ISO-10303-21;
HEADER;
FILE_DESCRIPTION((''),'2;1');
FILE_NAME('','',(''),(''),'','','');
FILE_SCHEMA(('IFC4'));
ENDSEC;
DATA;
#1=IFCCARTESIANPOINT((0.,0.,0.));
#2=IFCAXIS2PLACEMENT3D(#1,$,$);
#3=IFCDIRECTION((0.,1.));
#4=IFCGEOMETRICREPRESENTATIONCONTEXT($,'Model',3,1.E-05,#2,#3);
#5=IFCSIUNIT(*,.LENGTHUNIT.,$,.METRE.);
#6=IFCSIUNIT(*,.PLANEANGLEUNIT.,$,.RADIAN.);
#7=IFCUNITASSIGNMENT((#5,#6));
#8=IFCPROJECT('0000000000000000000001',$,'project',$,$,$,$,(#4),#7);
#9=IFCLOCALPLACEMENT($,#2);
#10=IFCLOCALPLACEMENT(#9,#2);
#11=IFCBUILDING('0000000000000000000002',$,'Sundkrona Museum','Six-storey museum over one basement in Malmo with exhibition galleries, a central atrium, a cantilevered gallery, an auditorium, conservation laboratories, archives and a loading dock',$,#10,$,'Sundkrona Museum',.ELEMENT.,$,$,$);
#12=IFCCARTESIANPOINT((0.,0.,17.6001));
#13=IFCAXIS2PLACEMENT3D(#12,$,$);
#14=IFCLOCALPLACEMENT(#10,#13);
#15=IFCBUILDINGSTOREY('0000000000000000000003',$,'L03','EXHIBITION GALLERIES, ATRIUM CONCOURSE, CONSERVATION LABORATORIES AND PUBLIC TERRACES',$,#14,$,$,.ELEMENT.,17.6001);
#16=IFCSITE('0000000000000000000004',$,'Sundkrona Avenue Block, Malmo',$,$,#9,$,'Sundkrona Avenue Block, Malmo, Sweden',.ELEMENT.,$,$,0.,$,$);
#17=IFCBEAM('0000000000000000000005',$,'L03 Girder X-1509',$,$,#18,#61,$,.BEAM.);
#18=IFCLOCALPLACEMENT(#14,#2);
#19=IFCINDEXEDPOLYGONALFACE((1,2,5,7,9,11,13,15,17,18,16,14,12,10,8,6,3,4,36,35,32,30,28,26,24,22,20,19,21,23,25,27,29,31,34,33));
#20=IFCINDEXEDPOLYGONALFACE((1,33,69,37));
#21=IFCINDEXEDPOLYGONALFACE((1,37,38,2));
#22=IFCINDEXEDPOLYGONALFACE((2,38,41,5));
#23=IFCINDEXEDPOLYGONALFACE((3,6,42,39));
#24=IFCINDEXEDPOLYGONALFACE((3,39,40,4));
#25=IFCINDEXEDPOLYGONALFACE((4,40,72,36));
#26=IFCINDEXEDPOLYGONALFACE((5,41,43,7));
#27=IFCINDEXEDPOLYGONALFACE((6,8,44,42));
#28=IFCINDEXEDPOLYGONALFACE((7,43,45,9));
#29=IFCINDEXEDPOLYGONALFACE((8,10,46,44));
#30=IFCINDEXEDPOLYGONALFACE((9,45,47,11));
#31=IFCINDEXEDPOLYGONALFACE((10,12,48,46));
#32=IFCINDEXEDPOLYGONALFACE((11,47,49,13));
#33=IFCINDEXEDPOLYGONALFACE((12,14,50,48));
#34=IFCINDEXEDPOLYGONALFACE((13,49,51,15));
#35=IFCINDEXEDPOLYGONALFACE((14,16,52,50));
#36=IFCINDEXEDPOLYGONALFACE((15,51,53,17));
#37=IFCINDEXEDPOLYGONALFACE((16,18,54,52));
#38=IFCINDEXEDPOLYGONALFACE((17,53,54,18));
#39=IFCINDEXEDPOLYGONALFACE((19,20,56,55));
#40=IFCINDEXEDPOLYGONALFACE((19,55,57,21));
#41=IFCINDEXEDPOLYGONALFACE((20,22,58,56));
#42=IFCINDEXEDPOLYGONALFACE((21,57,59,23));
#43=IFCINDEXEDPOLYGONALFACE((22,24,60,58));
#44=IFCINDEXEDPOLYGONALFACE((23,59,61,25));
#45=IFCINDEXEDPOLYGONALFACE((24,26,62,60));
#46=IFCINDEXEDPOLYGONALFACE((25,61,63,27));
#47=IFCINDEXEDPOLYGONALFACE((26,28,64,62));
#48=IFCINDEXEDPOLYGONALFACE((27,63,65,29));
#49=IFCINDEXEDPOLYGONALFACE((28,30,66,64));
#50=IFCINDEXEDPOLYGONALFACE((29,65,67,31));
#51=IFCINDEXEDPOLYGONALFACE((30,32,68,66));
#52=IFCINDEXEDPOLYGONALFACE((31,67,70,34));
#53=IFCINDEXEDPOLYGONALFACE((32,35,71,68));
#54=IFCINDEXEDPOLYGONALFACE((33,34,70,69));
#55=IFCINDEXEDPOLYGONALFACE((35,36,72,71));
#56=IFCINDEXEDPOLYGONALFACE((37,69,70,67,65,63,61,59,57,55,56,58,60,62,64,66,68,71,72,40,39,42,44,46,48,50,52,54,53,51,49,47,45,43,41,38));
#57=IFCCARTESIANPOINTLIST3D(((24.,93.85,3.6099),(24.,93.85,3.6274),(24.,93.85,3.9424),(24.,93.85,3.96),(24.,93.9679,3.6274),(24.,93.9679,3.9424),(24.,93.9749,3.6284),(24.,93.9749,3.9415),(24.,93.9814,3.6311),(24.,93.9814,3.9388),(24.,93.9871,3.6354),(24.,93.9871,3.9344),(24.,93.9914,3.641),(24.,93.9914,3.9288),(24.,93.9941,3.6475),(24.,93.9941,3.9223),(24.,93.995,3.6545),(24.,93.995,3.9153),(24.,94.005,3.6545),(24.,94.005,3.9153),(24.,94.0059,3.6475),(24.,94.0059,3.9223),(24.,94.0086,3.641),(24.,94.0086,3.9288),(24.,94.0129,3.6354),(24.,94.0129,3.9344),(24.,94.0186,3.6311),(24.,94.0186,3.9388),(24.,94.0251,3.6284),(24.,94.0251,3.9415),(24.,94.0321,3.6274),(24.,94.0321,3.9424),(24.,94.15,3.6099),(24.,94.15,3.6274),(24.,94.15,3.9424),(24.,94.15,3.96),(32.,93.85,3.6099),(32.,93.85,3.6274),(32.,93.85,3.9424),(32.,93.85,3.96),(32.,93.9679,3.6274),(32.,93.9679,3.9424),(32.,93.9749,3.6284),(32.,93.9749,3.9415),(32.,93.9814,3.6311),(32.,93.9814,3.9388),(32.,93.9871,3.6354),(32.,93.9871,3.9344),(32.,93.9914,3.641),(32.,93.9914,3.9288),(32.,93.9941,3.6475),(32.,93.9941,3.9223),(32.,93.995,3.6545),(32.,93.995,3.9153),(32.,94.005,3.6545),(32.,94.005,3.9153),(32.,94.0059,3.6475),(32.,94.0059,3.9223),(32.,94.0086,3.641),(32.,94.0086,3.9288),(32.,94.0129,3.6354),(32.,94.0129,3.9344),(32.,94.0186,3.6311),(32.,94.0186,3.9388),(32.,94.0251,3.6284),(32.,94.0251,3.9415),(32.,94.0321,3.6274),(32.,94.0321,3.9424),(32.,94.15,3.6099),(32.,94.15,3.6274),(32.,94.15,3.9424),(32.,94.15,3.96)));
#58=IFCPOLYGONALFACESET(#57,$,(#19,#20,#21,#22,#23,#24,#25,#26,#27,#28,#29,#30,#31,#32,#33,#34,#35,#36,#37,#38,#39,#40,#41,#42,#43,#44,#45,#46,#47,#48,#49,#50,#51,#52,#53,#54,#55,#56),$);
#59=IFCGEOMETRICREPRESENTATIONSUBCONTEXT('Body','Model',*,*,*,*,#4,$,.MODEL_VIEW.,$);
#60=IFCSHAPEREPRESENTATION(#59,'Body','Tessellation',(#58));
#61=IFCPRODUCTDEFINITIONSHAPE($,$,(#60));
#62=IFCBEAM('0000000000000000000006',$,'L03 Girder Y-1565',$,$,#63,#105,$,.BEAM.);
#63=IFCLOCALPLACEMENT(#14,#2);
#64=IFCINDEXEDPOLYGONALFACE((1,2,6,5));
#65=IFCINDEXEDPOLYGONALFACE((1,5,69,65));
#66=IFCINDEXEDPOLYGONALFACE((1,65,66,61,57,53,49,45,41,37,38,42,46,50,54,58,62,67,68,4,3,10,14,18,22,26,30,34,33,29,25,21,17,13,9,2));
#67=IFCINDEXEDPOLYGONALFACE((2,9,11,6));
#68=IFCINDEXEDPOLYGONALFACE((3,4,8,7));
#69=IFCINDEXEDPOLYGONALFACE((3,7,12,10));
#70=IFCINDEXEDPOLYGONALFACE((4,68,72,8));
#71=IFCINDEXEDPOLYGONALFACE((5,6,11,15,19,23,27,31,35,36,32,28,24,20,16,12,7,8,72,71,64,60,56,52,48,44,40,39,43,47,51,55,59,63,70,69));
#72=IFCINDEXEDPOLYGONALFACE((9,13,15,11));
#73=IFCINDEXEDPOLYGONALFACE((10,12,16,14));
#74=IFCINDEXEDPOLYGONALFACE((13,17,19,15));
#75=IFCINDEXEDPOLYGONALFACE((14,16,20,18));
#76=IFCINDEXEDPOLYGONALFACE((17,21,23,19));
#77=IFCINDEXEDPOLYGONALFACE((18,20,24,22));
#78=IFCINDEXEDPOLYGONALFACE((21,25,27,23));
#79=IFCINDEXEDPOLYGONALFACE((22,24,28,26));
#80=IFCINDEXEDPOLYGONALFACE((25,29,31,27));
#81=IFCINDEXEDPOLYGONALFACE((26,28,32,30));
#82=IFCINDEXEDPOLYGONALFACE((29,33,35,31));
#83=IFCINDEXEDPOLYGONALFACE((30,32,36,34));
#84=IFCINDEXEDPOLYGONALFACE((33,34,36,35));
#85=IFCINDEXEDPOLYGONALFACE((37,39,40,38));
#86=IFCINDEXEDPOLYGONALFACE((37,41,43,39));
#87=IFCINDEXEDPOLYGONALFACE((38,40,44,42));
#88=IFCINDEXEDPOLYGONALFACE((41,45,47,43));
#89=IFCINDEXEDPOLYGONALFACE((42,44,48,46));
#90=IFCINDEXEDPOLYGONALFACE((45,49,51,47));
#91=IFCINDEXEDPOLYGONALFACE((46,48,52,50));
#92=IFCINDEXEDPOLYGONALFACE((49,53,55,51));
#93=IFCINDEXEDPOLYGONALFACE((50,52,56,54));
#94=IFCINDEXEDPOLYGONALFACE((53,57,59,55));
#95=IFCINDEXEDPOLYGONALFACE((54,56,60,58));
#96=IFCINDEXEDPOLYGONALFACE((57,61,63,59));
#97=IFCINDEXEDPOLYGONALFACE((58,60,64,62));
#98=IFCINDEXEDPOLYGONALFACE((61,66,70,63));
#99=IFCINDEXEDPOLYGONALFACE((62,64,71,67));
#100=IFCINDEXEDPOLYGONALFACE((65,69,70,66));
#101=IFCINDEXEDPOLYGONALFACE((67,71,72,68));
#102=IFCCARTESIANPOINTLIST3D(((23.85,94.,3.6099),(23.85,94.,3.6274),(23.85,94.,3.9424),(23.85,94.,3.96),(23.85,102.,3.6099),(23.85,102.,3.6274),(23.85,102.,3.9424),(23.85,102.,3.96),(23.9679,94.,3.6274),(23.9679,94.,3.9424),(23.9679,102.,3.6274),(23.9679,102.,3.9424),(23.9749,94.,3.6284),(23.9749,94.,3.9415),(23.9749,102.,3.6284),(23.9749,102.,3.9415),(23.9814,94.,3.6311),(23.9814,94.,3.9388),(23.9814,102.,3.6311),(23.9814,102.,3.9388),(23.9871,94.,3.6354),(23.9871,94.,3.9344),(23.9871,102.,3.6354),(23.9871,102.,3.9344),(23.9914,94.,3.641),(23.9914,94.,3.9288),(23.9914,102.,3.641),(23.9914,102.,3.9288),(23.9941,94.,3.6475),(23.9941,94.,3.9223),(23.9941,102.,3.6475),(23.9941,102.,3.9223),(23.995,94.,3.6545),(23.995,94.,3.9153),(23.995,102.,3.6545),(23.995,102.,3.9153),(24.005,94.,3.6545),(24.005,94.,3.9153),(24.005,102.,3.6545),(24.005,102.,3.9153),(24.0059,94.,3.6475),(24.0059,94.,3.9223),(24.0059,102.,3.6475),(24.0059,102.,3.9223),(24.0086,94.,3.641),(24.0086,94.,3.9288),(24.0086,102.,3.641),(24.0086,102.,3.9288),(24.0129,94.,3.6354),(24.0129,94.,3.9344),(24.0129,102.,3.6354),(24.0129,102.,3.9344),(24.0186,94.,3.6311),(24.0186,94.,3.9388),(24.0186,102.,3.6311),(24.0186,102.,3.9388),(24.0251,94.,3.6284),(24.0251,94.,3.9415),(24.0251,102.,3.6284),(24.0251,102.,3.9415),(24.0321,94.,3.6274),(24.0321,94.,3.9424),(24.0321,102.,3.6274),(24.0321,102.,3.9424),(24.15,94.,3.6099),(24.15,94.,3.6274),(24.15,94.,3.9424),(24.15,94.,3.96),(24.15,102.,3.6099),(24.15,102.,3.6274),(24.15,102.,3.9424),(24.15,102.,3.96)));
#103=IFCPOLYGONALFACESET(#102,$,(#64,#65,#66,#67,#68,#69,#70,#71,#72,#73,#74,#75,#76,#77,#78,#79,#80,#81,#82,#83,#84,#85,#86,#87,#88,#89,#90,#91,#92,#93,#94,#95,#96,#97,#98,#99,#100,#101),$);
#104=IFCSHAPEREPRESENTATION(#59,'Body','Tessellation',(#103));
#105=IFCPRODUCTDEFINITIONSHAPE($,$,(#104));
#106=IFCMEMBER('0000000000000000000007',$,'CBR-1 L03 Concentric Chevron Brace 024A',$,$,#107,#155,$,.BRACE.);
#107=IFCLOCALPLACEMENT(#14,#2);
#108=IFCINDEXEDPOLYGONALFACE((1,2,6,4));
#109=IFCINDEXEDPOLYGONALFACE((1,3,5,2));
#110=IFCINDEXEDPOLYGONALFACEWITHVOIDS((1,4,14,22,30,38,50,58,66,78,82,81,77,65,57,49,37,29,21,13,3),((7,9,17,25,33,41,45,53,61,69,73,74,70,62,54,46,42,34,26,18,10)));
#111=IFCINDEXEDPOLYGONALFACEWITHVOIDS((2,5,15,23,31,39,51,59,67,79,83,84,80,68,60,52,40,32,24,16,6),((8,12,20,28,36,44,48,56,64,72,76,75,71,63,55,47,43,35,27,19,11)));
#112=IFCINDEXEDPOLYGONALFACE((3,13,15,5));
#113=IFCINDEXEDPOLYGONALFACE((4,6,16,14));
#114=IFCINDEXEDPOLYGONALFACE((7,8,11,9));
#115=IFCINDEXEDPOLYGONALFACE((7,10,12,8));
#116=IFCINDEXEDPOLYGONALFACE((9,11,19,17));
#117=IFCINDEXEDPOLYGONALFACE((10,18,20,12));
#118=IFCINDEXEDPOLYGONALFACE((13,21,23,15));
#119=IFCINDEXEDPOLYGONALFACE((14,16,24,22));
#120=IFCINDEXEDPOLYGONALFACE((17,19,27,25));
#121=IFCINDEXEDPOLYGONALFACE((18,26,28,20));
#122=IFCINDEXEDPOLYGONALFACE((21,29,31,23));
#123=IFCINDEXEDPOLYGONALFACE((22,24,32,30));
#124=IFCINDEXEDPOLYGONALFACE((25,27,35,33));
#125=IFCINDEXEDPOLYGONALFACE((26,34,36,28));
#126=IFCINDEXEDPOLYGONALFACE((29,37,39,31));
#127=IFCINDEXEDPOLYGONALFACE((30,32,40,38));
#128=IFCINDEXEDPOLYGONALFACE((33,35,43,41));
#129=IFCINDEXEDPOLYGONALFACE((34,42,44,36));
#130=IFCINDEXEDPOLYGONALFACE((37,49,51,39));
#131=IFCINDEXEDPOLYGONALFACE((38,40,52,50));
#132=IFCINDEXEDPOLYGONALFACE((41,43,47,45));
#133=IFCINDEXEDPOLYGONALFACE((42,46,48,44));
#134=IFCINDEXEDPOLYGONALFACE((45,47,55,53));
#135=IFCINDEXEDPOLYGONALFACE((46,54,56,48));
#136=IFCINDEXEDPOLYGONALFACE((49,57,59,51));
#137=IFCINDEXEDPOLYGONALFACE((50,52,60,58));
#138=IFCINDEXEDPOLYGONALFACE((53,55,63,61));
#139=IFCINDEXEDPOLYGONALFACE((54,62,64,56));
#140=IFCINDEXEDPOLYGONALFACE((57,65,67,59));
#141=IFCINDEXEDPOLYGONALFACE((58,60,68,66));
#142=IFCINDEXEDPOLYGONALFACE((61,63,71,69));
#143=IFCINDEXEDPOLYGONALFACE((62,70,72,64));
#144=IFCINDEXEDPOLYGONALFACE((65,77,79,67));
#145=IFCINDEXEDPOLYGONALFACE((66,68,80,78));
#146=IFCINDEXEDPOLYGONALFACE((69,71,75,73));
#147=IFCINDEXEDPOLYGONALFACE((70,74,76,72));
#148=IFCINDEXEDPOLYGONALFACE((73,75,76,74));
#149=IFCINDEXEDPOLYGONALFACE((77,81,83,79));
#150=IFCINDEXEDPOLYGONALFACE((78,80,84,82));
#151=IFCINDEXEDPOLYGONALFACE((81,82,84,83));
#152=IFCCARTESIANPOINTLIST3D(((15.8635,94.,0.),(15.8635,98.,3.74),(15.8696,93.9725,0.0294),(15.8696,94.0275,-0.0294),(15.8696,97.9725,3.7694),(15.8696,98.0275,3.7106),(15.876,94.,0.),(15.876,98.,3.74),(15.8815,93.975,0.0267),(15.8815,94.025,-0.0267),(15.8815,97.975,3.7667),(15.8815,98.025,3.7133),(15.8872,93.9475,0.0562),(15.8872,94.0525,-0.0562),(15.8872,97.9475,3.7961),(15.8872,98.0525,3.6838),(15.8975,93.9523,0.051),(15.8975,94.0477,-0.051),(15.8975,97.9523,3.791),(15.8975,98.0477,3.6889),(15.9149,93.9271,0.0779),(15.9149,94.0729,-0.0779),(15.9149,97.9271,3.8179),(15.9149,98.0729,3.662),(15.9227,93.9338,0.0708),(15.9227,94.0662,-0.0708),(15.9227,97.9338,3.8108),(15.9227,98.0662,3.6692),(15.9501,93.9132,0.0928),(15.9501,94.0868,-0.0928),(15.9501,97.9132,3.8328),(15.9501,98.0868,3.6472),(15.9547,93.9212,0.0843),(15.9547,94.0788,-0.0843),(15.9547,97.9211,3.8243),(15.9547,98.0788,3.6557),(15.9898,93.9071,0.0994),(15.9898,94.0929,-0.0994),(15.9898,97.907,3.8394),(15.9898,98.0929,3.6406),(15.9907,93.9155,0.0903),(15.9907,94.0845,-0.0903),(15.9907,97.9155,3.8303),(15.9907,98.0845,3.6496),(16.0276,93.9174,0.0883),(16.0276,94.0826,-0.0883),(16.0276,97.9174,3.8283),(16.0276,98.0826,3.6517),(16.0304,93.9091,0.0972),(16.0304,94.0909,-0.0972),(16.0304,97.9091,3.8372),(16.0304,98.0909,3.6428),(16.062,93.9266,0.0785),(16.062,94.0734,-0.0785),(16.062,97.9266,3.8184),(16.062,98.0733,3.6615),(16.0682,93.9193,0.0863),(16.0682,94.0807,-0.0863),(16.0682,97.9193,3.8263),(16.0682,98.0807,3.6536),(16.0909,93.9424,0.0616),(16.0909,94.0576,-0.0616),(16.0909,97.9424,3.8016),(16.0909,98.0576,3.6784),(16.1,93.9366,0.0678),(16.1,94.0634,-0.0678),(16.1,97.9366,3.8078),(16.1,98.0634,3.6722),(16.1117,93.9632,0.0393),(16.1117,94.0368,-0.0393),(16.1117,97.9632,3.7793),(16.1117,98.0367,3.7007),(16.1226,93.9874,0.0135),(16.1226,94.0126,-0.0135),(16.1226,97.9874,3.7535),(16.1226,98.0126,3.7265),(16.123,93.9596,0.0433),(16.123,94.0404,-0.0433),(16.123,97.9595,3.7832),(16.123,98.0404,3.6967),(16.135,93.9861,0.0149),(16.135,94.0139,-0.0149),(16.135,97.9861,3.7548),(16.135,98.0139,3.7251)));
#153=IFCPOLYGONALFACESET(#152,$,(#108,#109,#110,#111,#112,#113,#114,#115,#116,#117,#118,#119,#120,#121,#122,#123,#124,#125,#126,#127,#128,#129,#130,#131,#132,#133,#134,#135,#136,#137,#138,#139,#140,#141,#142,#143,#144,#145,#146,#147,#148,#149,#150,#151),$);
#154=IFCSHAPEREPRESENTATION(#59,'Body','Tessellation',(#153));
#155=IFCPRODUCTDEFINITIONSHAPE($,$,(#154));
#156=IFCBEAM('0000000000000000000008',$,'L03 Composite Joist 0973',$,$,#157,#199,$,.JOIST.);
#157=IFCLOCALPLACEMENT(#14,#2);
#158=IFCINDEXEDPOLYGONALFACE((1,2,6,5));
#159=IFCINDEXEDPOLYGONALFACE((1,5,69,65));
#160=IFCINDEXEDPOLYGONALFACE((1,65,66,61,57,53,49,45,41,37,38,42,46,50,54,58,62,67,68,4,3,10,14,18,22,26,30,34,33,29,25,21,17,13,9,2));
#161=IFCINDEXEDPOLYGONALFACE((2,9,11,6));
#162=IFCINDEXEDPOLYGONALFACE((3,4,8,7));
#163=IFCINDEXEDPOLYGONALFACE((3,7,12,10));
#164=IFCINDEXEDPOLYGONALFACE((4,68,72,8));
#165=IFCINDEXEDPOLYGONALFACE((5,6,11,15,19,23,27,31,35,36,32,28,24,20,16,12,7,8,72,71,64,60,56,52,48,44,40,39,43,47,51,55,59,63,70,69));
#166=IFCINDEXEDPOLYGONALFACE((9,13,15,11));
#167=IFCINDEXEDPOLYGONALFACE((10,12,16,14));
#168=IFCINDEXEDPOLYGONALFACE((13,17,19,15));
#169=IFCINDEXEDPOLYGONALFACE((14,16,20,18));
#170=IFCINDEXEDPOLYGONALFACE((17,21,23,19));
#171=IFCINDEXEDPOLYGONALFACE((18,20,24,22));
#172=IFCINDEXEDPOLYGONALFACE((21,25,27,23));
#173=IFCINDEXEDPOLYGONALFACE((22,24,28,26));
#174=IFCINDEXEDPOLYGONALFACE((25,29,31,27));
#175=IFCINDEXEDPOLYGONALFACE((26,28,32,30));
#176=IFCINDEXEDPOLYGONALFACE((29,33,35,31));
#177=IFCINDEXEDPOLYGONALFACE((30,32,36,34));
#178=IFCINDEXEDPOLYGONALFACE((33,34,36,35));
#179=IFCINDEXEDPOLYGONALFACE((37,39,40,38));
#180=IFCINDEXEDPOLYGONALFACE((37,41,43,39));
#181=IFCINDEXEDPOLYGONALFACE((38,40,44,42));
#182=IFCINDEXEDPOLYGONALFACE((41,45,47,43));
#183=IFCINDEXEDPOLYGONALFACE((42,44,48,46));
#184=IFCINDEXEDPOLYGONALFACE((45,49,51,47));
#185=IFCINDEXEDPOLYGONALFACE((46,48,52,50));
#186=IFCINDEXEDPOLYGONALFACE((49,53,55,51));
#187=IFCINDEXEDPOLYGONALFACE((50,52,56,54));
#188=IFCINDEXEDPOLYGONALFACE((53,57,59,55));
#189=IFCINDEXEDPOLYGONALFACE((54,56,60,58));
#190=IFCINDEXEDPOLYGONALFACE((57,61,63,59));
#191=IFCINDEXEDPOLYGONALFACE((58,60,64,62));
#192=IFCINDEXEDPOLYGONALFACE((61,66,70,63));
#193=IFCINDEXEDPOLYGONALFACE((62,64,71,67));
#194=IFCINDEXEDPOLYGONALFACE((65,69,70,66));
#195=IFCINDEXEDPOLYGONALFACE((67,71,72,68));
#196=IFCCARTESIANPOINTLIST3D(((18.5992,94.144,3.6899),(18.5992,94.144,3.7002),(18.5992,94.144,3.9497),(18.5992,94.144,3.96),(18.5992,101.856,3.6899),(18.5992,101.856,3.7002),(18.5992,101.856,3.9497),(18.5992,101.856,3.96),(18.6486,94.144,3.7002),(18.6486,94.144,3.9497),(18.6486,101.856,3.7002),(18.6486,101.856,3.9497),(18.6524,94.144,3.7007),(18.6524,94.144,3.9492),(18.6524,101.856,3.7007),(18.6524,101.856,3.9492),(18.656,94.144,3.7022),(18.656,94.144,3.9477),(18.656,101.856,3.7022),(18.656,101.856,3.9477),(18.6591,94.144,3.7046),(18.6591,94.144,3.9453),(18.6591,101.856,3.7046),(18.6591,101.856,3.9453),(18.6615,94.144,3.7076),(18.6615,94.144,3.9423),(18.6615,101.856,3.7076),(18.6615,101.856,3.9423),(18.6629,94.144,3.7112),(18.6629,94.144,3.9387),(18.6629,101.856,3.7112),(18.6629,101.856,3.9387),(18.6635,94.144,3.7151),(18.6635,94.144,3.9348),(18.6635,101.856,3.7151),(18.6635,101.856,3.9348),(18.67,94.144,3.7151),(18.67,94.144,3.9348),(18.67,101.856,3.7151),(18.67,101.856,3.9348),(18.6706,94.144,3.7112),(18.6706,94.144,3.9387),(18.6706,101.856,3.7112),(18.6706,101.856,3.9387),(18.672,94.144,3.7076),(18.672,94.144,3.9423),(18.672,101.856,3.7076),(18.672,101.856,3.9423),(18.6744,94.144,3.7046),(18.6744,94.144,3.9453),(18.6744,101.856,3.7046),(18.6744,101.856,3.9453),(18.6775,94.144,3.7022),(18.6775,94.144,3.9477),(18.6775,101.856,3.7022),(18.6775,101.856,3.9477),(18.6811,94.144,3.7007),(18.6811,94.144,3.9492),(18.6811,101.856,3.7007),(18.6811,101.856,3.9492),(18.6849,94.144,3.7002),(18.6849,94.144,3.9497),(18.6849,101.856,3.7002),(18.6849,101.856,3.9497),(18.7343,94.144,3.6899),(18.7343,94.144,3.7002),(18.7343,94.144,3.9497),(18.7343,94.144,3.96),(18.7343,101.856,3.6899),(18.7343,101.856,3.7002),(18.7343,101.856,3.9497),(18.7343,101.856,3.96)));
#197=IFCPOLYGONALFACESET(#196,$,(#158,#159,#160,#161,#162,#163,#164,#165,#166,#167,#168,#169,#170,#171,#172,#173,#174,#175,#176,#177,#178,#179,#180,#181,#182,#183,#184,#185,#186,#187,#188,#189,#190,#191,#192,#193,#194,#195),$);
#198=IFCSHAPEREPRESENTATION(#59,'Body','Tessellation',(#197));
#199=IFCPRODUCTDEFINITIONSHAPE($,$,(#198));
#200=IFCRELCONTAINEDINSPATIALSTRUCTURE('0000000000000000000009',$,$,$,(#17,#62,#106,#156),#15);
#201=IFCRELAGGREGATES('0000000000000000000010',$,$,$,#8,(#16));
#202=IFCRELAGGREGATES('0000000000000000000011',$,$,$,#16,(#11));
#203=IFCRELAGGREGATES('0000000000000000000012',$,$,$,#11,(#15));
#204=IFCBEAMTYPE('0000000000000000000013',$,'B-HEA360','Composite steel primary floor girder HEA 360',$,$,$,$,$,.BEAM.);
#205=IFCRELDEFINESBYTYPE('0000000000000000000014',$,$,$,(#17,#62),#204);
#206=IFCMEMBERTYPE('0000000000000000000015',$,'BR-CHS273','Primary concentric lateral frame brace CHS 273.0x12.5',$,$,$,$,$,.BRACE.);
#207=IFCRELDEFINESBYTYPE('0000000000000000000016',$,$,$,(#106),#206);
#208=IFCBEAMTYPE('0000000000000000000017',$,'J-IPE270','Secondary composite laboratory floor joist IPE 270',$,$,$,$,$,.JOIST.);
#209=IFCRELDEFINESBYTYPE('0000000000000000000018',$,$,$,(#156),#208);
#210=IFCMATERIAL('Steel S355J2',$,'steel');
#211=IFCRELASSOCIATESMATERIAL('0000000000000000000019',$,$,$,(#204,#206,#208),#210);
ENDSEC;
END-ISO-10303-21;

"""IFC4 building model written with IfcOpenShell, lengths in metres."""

from ifc_helpers import new_model, si_unit, direction, frame, origin, origin_2d, place, context, subcontext, project, spatial, hollow_circle, i_section, extrude, material, material_profile, profile_set, type_object, element, save


model = new_model("IFC4")

# Units and contexts
model_context = context("Model", 3, precision=1e-05, world=origin(), true_north=direction((0.0, 1.0)))
body_context = subcontext(model_context, "Body", "Model", "MODEL_VIEW")
ifc_project = project(units=[si_unit("LENGTHUNIT", "METRE"), si_unit("PLANEANGLEUNIT", "RADIAN")], contexts=[model_context])

# Site, building, storey
site_placement = place(None, origin())
site = spatial("IfcSite", under=ifc_project, at=site_placement, Name="Sundkrona Avenue Block, Malmo", LongName="Sundkrona Avenue Block, Malmo, Sweden", CompositionType="ELEMENT", RefElevation=0.0)
building_placement = place(site_placement, origin())
building = spatial("IfcBuilding", under=site, at=building_placement, Name="Sundkrona Museum", Description="Six-storey museum over one basement in Malmo with exhibition galleries, a central atrium, a cantilevered gallery, an auditorium, conservation laboratories, archives and a loading dock", LongName="Sundkrona Museum", CompositionType="ELEMENT")
storey_placement = place(building_placement, frame((0.0, 0.0, 17.6001)))
storey = spatial("IfcBuildingStorey", under=building, at=storey_placement, Name="L03", Description="EXHIBITION GALLERIES, ATRIUM CONCOURSE, CONSERVATION LABORATORIES AND PUBLIC TERRACES", CompositionType="ELEMENT", Elevation=17.6001)

# Shared definitions
ifc_material_1 = material(Name="Steel S355J2", Category="steel")

# Beams
ifc_material_profile_1 = material_profile(ifc_material_1, i_section(OverallWidth=0.3, OverallDepth=0.3501, WebThickness=0.01, FlangeThickness=0.0176, FilletRadius=0.0271, at=origin_2d()), Name="HEA 360")
ifc_profile_set_1 = profile_set([ifc_material_profile_1], Name="Steel S355J2")
beam_type_1 = type_object("IfcBeamType", Name="B-HEA360", Description="Composite steel primary floor girder HEA 360", PredefinedType="BEAM", material=ifc_profile_set_1)
for number, where, z_axis, x_axis, name in (
    (1, (24.0, 94.0, 3.7849), (1.0, 0.0, 0.0), (0.0, 1.0, 0.0), "L03 Girder X-1509"),
    (2, (24.0, 94.0, 3.7849), (0.0, 1.0, 0.0), (-1.0, 0.0, 0.0), "L03 Girder Y-1565"),
):
    element("IfcBeam", number, at=place(storey_placement, frame(where, z_axis=z_axis, x_axis=x_axis)), inside=storey, type_object=beam_type_1, Name=name, PredefinedType="BEAM", context=body_context, shape_type="SweptSolid", body=[
        extrude(i_section(OverallWidth=0.3, OverallDepth=0.3501, WebThickness=0.01, FlangeThickness=0.0176, FilletRadius=0.0271, at=origin_2d()), origin(), (0.0, 0.0, 1.0), 8.0),
    ])

# Member
ifc_material_profile_2 = material_profile(ifc_material_1, hollow_circle(Radius=0.1365, WallThickness=0.0125, at=origin_2d()), Name="CHS 273.0x12.5")
ifc_profile_set_2 = profile_set([ifc_material_profile_2], Name="Steel S355J2")
member_type_1 = type_object("IfcMemberType", Name="BR-CHS273", Description="Primary concentric lateral frame brace CHS 273.0x12.5", PredefinedType="BRACE", material=ifc_profile_set_2)
member_1_placement = place(storey_placement, frame((16.0, 94.0, 0.0), z_axis=(0.0, 0.730449, 0.682968), x_axis=(-1.0, 0.0, 0.0)))
element("IfcMember", 3, at=member_1_placement, inside=storey, type_object=member_type_1, Name="CBR-1 L03 Concentric Chevron Brace 024A", PredefinedType="BRACE", context=body_context, shape_type="SweptSolid", body=[
    extrude(hollow_circle(Radius=0.1365, WallThickness=0.0125, at=origin_2d()), origin(), (0.0, 0.0, 1.0), 5.4761),
])

# Beam
ifc_material_profile_3 = material_profile(ifc_material_1, i_section(OverallWidth=0.135, OverallDepth=0.27, WebThickness=0.0066, FlangeThickness=0.0103, FilletRadius=0.0149, at=origin_2d()), Name="IPE 270")
ifc_profile_set_3 = profile_set([ifc_material_profile_3], Name="Steel S355J2")
beam_type_2 = type_object("IfcBeamType", Name="J-IPE270", Description="Secondary composite laboratory floor joist IPE 270", PredefinedType="JOIST", material=ifc_profile_set_3)
for number, where, z_axis, x_axis, name in (
    (4, (18.6667, 94.144, 3.825), (0.0, 1.0, 0.0), (-1.0, 0.0, 0.0), "L03 Composite Joist 0973"),
):
    element("IfcBeam", number, at=place(storey_placement, frame(where, z_axis=z_axis, x_axis=x_axis)), inside=storey, type_object=beam_type_2, Name=name, PredefinedType="JOIST", context=body_context, shape_type="SweptSolid", body=[
        extrude(i_section(OverallWidth=0.135, OverallDepth=0.27, WebThickness=0.0066, FlangeThickness=0.0103, FilletRadius=0.0149, at=origin_2d()), origin(), (0.0, 0.0, 1.0), 7.7119),
    ])

save(model, "model.ifc")
